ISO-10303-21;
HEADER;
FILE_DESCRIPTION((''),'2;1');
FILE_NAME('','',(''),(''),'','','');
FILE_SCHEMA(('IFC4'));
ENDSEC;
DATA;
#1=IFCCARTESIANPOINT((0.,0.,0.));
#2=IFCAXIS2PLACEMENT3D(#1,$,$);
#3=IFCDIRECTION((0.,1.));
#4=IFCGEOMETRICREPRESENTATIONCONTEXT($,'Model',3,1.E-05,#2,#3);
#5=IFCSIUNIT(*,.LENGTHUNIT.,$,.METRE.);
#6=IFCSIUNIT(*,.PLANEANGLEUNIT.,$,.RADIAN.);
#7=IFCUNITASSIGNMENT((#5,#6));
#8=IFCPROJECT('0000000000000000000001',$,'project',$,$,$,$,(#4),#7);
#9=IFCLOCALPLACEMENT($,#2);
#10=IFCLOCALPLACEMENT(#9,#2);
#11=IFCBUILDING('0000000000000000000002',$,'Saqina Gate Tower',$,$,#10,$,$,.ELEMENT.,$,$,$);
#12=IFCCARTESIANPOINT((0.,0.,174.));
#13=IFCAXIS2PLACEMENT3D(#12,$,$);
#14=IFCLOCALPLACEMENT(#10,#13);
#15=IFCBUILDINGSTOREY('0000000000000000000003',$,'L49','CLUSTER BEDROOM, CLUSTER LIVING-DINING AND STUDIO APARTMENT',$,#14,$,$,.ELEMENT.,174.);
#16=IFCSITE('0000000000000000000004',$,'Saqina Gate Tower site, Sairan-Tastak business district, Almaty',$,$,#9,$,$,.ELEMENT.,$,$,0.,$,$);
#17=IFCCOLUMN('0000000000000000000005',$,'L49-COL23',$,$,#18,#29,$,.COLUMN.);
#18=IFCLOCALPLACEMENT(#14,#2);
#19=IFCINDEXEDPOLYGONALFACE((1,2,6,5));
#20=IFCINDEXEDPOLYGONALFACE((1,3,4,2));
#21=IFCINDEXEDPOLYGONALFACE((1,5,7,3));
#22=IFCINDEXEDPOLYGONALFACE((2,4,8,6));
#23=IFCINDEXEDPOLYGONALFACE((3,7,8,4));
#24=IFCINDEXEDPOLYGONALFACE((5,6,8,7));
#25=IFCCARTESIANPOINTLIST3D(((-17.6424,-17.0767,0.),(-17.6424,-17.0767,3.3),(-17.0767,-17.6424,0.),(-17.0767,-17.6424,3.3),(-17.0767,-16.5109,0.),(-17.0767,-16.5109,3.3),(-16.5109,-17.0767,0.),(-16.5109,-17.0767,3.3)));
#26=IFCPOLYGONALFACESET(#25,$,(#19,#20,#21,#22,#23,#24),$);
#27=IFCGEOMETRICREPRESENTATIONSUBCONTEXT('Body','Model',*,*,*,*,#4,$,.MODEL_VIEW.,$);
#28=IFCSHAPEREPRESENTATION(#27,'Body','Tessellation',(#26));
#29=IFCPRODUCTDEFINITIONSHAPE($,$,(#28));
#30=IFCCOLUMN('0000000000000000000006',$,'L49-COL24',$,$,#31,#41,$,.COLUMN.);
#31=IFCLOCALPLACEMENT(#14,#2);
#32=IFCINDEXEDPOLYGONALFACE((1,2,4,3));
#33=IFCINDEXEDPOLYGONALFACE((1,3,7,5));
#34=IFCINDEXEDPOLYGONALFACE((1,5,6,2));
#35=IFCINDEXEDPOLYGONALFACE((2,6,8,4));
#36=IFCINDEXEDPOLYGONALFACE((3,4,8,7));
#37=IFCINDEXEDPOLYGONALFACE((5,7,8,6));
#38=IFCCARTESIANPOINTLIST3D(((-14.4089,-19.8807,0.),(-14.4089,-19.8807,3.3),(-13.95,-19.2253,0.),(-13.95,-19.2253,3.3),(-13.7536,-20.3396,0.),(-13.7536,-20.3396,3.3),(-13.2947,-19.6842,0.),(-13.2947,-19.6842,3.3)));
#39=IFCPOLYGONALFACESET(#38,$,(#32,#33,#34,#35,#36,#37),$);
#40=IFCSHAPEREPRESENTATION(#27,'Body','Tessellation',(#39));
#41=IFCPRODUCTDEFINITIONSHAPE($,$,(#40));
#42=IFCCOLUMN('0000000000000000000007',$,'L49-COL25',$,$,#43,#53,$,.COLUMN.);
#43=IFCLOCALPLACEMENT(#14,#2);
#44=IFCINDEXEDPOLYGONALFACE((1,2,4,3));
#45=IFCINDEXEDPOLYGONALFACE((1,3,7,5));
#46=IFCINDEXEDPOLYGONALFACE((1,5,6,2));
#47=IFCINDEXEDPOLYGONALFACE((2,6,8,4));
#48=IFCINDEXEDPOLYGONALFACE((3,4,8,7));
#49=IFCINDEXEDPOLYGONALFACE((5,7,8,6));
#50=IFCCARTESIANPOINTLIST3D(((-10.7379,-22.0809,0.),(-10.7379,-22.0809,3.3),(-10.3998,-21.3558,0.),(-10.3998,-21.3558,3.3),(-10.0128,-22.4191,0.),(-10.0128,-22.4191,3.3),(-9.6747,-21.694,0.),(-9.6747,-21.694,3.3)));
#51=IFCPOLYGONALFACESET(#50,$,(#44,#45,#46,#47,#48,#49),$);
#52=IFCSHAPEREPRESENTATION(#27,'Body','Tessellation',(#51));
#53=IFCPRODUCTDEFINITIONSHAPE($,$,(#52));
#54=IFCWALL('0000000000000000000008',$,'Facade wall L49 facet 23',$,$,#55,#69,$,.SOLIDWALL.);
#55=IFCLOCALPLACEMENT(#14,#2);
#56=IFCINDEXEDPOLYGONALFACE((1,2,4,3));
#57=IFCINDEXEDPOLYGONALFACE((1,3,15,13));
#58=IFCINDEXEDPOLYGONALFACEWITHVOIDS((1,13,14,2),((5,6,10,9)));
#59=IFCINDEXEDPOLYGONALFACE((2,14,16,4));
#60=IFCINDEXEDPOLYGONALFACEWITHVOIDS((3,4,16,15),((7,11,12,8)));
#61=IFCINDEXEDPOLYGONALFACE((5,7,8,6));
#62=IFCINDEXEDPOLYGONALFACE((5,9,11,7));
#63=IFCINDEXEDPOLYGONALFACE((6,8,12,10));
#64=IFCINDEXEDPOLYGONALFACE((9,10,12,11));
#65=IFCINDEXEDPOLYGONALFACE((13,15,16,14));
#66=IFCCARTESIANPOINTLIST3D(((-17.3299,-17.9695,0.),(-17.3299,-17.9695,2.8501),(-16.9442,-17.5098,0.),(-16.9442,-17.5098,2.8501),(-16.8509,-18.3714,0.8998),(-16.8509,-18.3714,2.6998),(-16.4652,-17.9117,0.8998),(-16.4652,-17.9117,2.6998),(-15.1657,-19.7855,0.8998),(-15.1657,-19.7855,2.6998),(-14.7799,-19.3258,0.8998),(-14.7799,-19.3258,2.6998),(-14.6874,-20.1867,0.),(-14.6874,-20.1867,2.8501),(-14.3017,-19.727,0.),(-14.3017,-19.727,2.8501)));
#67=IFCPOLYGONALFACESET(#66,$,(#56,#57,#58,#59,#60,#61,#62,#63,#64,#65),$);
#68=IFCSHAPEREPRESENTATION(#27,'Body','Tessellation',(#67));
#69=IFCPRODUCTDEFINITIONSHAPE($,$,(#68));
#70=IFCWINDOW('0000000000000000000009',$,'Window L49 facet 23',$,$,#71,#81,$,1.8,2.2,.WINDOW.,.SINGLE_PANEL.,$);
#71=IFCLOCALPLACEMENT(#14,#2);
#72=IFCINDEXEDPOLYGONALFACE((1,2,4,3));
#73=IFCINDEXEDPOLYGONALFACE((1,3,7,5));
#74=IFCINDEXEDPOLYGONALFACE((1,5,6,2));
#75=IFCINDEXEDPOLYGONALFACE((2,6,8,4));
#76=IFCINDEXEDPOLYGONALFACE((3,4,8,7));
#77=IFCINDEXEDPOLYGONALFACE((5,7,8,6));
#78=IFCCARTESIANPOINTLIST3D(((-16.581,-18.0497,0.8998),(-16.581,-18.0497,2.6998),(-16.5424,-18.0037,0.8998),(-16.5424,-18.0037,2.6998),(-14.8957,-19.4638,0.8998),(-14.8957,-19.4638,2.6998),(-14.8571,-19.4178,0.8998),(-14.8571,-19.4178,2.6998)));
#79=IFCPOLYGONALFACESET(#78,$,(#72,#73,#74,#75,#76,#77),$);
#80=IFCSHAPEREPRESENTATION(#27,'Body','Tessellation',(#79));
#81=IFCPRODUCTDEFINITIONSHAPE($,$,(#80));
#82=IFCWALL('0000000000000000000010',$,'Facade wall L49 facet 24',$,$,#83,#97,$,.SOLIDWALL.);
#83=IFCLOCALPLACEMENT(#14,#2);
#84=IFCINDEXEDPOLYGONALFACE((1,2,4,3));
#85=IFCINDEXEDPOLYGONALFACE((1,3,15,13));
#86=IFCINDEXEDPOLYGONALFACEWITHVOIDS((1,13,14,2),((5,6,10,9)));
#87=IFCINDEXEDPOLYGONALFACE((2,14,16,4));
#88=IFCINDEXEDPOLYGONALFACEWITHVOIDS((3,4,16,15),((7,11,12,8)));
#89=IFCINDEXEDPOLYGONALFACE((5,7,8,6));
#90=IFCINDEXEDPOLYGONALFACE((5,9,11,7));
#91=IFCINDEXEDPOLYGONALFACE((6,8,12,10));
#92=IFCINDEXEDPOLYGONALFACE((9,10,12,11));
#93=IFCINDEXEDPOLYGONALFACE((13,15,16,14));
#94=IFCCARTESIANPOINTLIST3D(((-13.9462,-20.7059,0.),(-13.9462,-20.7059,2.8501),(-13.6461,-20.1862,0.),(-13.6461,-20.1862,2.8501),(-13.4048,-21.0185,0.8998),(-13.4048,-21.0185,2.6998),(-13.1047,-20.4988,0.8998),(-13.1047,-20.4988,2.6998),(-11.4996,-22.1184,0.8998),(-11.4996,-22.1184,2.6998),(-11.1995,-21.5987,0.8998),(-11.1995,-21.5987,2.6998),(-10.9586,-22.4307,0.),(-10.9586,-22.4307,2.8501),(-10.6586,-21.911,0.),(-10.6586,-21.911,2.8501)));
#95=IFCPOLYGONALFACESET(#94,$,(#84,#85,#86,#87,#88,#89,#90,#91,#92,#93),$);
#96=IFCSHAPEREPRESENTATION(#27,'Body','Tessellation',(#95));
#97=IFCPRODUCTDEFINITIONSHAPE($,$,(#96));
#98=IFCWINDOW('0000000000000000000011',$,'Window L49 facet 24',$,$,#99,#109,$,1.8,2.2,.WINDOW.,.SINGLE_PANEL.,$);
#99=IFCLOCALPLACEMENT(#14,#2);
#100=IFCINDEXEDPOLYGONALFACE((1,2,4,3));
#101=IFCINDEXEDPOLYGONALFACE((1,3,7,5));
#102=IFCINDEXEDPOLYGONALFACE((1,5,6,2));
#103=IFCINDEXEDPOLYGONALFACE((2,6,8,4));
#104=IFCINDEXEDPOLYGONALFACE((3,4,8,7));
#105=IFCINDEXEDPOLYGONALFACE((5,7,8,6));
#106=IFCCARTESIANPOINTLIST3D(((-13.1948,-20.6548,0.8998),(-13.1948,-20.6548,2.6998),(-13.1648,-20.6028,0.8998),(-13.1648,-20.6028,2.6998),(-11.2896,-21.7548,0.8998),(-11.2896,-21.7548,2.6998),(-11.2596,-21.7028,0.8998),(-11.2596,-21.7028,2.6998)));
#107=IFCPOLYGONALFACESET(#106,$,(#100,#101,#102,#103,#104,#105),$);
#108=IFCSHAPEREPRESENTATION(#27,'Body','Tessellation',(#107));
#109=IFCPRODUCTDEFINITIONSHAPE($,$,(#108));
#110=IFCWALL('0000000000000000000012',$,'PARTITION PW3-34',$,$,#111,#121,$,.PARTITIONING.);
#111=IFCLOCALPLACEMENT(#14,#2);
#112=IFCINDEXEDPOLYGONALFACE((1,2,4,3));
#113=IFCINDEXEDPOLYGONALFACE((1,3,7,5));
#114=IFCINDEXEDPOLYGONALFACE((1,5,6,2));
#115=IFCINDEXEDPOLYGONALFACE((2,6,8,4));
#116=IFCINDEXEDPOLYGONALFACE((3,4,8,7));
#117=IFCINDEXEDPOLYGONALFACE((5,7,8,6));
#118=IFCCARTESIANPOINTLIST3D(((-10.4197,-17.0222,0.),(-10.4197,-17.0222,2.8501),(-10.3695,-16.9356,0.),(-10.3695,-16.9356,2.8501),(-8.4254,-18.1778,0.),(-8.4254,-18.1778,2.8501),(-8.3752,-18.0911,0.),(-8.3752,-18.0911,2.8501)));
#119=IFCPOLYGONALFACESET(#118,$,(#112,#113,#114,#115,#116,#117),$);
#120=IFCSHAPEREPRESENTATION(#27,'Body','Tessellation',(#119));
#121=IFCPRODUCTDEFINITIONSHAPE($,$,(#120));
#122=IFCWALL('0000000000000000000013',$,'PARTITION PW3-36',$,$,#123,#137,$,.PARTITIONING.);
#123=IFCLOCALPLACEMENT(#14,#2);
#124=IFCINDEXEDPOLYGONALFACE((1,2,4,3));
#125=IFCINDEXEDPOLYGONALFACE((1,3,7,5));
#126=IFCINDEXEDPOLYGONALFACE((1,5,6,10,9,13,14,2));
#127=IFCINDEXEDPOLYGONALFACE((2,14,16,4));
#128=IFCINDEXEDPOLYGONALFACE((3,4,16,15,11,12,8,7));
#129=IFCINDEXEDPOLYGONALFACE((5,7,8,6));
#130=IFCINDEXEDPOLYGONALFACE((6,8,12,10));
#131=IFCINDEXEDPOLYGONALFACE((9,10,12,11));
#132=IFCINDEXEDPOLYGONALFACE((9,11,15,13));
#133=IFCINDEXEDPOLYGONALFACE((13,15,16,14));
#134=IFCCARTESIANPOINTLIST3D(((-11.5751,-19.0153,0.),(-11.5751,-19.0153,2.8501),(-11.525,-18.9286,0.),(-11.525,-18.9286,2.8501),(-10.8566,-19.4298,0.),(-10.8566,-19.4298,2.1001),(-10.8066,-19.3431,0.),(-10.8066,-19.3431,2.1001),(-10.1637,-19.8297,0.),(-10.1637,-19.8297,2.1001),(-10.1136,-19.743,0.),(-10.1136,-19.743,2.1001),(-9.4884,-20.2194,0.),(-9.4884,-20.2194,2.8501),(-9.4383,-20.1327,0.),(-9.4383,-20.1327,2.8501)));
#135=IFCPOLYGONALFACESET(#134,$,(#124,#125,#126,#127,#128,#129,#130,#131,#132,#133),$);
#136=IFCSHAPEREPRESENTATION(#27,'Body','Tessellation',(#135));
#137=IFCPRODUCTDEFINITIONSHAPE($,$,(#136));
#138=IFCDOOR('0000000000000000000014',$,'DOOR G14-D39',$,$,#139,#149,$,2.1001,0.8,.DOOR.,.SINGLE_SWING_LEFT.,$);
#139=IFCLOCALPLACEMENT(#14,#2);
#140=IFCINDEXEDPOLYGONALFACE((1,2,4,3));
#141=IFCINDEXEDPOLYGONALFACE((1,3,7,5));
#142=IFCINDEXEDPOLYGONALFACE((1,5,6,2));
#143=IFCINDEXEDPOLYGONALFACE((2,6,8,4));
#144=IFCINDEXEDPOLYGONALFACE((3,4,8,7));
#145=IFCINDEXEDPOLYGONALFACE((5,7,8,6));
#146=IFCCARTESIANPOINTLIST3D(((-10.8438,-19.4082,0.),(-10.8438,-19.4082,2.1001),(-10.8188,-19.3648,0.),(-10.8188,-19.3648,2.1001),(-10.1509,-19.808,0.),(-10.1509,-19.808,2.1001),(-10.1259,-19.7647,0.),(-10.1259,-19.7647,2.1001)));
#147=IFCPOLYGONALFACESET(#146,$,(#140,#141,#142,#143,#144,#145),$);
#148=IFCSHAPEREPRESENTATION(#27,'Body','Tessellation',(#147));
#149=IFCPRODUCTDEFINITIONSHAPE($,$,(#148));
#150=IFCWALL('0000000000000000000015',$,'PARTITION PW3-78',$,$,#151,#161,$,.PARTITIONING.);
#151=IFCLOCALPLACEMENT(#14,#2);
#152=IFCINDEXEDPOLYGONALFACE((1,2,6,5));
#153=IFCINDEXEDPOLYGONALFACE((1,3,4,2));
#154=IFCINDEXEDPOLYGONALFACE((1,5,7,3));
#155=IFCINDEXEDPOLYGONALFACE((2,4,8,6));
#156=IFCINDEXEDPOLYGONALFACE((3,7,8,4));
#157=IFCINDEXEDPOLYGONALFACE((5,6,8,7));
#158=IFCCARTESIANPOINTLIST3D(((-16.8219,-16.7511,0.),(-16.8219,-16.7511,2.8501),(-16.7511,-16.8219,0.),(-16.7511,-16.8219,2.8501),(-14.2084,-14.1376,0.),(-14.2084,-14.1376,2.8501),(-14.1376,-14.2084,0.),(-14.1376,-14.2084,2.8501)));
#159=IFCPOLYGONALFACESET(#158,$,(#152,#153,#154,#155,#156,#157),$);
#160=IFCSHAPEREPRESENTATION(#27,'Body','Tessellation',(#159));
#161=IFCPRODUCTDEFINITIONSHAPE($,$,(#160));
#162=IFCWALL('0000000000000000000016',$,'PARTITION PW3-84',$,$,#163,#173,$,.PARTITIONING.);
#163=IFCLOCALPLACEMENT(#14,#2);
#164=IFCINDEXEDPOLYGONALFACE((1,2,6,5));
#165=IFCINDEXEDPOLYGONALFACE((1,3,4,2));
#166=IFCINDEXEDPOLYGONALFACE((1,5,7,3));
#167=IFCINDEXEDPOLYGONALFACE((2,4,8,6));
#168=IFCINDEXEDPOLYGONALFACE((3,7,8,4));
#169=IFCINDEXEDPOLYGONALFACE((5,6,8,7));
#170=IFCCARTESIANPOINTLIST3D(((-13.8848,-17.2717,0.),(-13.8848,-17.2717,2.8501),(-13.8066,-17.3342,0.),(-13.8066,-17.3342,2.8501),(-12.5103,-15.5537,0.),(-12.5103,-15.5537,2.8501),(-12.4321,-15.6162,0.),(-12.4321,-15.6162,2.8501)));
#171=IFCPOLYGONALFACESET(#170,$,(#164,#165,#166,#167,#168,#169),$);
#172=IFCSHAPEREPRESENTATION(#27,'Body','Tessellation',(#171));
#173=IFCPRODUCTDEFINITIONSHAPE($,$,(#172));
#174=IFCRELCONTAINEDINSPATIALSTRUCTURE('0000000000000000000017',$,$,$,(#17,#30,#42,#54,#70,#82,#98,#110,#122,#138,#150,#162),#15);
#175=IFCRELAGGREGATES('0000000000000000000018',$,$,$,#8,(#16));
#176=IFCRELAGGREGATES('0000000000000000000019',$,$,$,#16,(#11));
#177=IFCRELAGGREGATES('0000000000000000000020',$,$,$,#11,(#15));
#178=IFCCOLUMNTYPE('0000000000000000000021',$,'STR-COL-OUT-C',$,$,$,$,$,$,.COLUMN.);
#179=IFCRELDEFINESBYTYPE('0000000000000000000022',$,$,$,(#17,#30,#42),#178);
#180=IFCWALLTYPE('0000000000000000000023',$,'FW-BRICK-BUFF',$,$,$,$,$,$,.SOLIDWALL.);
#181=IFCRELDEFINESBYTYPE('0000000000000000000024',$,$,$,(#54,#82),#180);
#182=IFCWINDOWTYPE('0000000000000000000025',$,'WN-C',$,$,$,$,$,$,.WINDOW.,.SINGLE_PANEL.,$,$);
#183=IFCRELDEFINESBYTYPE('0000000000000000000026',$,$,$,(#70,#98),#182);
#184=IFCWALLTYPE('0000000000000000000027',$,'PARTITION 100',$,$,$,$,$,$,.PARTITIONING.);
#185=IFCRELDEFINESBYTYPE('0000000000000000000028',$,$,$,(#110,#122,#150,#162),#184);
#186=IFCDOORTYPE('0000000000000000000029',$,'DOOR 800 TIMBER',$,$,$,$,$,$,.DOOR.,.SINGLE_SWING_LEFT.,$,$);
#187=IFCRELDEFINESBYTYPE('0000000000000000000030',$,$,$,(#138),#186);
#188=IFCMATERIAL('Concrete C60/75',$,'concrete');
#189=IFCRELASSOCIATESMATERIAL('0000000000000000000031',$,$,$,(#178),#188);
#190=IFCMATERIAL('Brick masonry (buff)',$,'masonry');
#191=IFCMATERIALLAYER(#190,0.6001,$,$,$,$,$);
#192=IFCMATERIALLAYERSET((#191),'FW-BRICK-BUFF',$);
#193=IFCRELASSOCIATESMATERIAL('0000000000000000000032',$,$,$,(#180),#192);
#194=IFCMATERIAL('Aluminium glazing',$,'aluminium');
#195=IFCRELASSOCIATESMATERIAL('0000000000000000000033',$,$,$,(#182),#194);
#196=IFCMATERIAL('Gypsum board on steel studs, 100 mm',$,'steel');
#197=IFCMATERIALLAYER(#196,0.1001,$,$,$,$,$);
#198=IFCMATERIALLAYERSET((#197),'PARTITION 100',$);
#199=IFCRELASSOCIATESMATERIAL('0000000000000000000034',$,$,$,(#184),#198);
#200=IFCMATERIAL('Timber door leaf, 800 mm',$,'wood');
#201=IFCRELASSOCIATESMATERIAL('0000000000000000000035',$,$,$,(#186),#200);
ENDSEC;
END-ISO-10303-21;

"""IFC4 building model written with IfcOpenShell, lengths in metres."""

from ifc_helpers import new_model, si_unit, direction, frame, frame_2d, origin, origin_2d, place, context, subcontext, project, spatial, rectangle, extrude, material, layer, layer_set, material_profile, profile_set, type_object, element, fill, save


model = new_model("IFC4")

# Units and contexts
model_context = context("Model", 3, precision=1e-05, world=origin(), true_north=direction((0.0, 1.0)))
body_context = subcontext(model_context, "Body", "Model", "MODEL_VIEW")
ifc_project = project(units=[si_unit("LENGTHUNIT", "METRE"), si_unit("PLANEANGLEUNIT", "RADIAN")], contexts=[model_context])

# Site, building, storey
site_placement = place(None, origin())
site = spatial("IfcSite", under=ifc_project, at=site_placement, Name="Saqina Gate Tower site, Sairan-Tastak business district, Almaty", CompositionType="ELEMENT", RefElevation=0.0)
building_placement = place(site_placement, origin())
building = spatial("IfcBuilding", under=site, at=building_placement, Name="Saqina Gate Tower", CompositionType="ELEMENT")
storey_placement = place(building_placement, frame((0.0, 0.0, 174.0)))
storey = spatial("IfcBuildingStorey", under=building, at=storey_placement, Name="L49", Description="CLUSTER BEDROOM, CLUSTER LIVING-DINING AND STUDIO APARTMENT", CompositionType="ELEMENT", Elevation=174.0)

# Columns
ifc_material_1 = material(Name="Concrete C60/75", Category="concrete")
ifc_material_profile = material_profile(ifc_material_1, rectangle(XDim=0.8, YDim=0.8, at=origin_2d()), Name="RC 800x800")
ifc_profile_set = profile_set([ifc_material_profile], Name="Concrete C60/75")
column_type = type_object("IfcColumnType", Name="STR-COL-OUT-C", PredefinedType="COLUMN", material=ifc_profile_set)
for number, where, z_axis, x_axis, name in (
    (1, (-17.0767, -17.0767, 0.0), (0.0, 0.0, 1.0), (-0.707107, -0.707107, 0.0), "L49-COL23"),
    (2, (-13.8518, -19.7825, 0.0), (0.0, 0.0, 1.0), (-0.573576, -0.819152, 0.0), "L49-COL24"),
    (3, (-10.2063, -21.8875, 0.0), (0.0, 0.0, 1.0), (-0.422618, -0.906308, 0.0), "L49-COL25"),
):
    element("IfcColumn", number, at=place(storey_placement, frame(where, z_axis=z_axis, x_axis=x_axis)), inside=storey, type_object=column_type, Name=name, PredefinedType="COLUMN", context=body_context, shape_type="SweptSolid", body=[
        extrude(rectangle(XDim=0.8, YDim=0.8, at=origin_2d()), origin(), (0.0, 0.0, 1.0), 3.3),
    ])

# Walls, openings, windows
ifc_material_2 = material(Name="Brick masonry (buff)", Category="masonry")
ifc_layer_1 = layer(ifc_material_2, 0.6001)
ifc_layer_set_1 = layer_set([ifc_layer_1], Name="FW-BRICK-BUFF")
wall_type_1 = type_object("IfcWallType", Name="FW-BRICK-BUFF", PredefinedType="SOLIDWALL", material=ifc_layer_set_1)
wall_1_placement = place(storey_placement, frame((-17.137, -17.7397, 0.0), z_axis=(0.0, 0.0, 1.0), x_axis=(0.766059, -0.64277, 0.0)))
wall_1 = element("IfcWall", 4, at=wall_1_placement, inside=storey, type_object=wall_type_1, Name="Facade wall L49 facet 23", PredefinedType="SOLIDWALL", context=body_context, shape_type="SweptSolid", body=[
    extrude(rectangle(XDim=3.4495, YDim=0.6001, at=frame_2d((1.7246, 0.0))), origin(), (0.0, 0.0, 1.0), 2.8501),
])
opening_1_placement = place(wall_1_placement, frame((0.625, 0.0, 0.8999)))
opening_1 = element("IfcOpeningElement", 5, at=opening_1_placement, cuts=wall_1, PredefinedType="OPENING", context=body_context, shape_type="SweptSolid", body=[
    extrude(rectangle(XDim=2.2, YDim=1.8, at=frame_2d((1.1001, 0.8999))), frame((0.0, 0.312, 0.0), z_axis=(0.0, -1.0, 0.0), x_axis=(1.0, 0.0, 0.0)), (0.0, 0.0, 1.0), 0.624),
])
ifc_material_3 = material(Name="Aluminium glazing", Category="aluminium")
window_type = type_object("IfcWindowType", Name="WN-C", PartitioningType="SINGLE_PANEL", PredefinedType="WINDOW", material=ifc_material_3)
window_1_placement = place(opening_1_placement, origin())
window_1 = element("IfcWindow", 6, at=window_1_placement, inside=storey, type_object=window_type, Name="Window L49 facet 23", OverallHeight=1.8, OverallWidth=2.2, PartitioningType="SINGLE_PANEL", PredefinedType="WINDOW", context=body_context, shape_type="SweptSolid", body=[
    extrude(rectangle(XDim=2.2, YDim=1.8, at=frame_2d((1.1001, 0.8999))), frame((0.0, 0.1799, 0.0), z_axis=(0.0, -1.0, 0.0), x_axis=(1.0, 0.0, 0.0)), (0.0, 0.0, 1.0), 0.0601),
])
fill(opening_1, window_1)
wall_2_placement = place(storey_placement, frame((-13.7961, -20.446, 0.0), z_axis=(0.0, 0.0, 1.0), x_axis=(0.866026, -0.499998, 0.0)))
wall_2 = element("IfcWall", 7, at=wall_2_placement, inside=storey, type_object=wall_type_1, Name="Facade wall L49 facet 24", PredefinedType="SOLIDWALL", context=body_context, shape_type="SweptSolid", body=[
    extrude(rectangle(XDim=3.4497, YDim=0.6001, at=frame_2d((1.7249, 0.0))), origin(), (0.0, 0.0, 1.0), 2.8501),
])
opening_2_placement = place(wall_2_placement, frame((0.625, 0.0, 0.8999)))
opening_2 = element("IfcOpeningElement", 8, at=opening_2_placement, cuts=wall_2, PredefinedType="OPENING", context=body_context, shape_type="SweptSolid", body=[
    extrude(rectangle(XDim=2.2, YDim=1.8, at=frame_2d((1.1001, 0.8999))), frame((0.0, 0.312, 0.0), z_axis=(0.0, -1.0, 0.0), x_axis=(1.0, 0.0, 0.0)), (0.0, 0.0, 1.0), 0.624),
])
window_2_placement = place(opening_2_placement, origin())
window_2 = element("IfcWindow", 9, at=window_2_placement, inside=storey, type_object=window_type, Name="Window L49 facet 24", OverallHeight=1.8, OverallWidth=2.2, PartitioningType="SINGLE_PANEL", PredefinedType="WINDOW", context=body_context, shape_type="SweptSolid", body=[
    extrude(rectangle(XDim=2.2, YDim=1.8, at=frame_2d((1.1001, 0.8999))), frame((0.0, 0.1799, 0.0), z_axis=(0.0, -1.0, 0.0), x_axis=(1.0, 0.0, 0.0)), (0.0, 0.0, 1.0), 0.0601),
])
fill(opening_2, window_2)

# Wall
ifc_material_4 = material(Name="Gypsum board on steel studs, 100 mm", Category="steel")
ifc_layer_2 = layer(ifc_material_4, 0.1001)
ifc_layer_set_2 = layer_set([ifc_layer_2], Name="PARTITION 100")
wall_type_2 = type_object("IfcWallType", Name="PARTITION 100", PredefinedType="PARTITIONING", material=ifc_layer_set_2)
wall_3_placement = place(storey_placement, frame((-10.3945, -16.979, 0.0), z_axis=(0.0, 0.0, 1.0), x_axis=(0.865262, -0.50132, 0.0)))
element("IfcWall", 10, at=wall_3_placement, inside=storey, type_object=wall_type_2, Name="PARTITION PW3-34", PredefinedType="PARTITIONING", context=body_context, shape_type="SweptSolid", body=[
    extrude(rectangle(XDim=2.3049, YDim=0.1001, at=frame_2d((1.1523, 0.0))), origin(), (0.0, 0.0, 1.0), 2.8501),
])

# Wall, opening, door
wall_4_placement = place(storey_placement, frame((-11.55, -18.9719, 0.0), z_axis=(0.0, 0.0, 1.0), x_axis=(0.86614, -0.499801, 0.0)))
wall_4 = element("IfcWall", 11, at=wall_4_placement, inside=storey, type_object=wall_type_2, Name="PARTITION PW3-36", PredefinedType="PARTITIONING", context=body_context, shape_type="SweptSolid", body=[
    extrude(rectangle(XDim=2.4092, YDim=0.1001, at=frame_2d((1.2046, 0.0))), origin(), (0.0, 0.0, 1.0), 2.8501),
])
opening_3_placement = place(wall_4_placement, frame((0.8296, 0.0, 0.0)))
opening_3 = element("IfcOpeningElement", 12, at=opening_3_placement, cuts=wall_4, PredefinedType="OPENING", context=body_context, shape_type="SweptSolid", body=[
    extrude(rectangle(XDim=0.8, YDim=2.1001, at=frame_2d((0.3999, 1.05))), frame((0.0, 0.062, 0.0), z_axis=(0.0, -1.0, 0.0), x_axis=(1.0, 0.0, 0.0)), (0.0, 0.0, 1.0), 0.124),
])
ifc_material_5 = material(Name="Timber door leaf, 800 mm", Category="wood")
door_type_1 = type_object("IfcDoorType", Name="DOOR 800 TIMBER", OperationType="SINGLE_SWING_LEFT", PredefinedType="DOOR", material=ifc_material_5)
door_1_placement = place(opening_3_placement, frame((0.8, 0.0, 0.0), z_axis=(0.0, 0.0, 1.0), x_axis=(-1.0, 0.0, 0.0)))
door_1 = element("IfcDoor", 13, at=door_1_placement, inside=storey, type_object=door_type_1, Name="DOOR G14-D39", OperationType="SINGLE_SWING_LEFT", OverallHeight=2.1001, OverallWidth=0.8, PredefinedType="DOOR", context=body_context, shape_type="SweptSolid", body=[
    extrude(rectangle(XDim=0.8, YDim=2.1001, at=frame_2d((0.3999, 1.05))), frame((0.0, 0.0249, 0.0), z_axis=(0.0, -1.0, 0.0), x_axis=(1.0, 0.0, 0.0)), (0.0, 0.0, 1.0), 0.05),
])
fill(opening_3, door_1)

# Walls
wall_5_placement = place(storey_placement, frame((-16.7866, -16.7866, 0.0), z_axis=(0.0, 0.0, 1.0), x_axis=(0.707107, 0.707107, 0.0)))
element("IfcWall", 14, at=wall_5_placement, inside=storey, type_object=wall_type_2, Name="PARTITION PW3-78", PredefinedType="PARTITIONING", context=body_context, shape_type="SweptSolid", body=[
    extrude(rectangle(XDim=3.696, YDim=0.1001, at=frame_2d((1.8481, 0.0))), origin(), (0.0, 0.0, 1.0), 2.8501),
])
wall_6_placement = place(storey_placement, frame((-13.8457, -17.303, 0.0), z_axis=(0.0, 0.0, 1.0), x_axis=(0.624722, 0.780847, 0.0)))
element("IfcWall", 15, at=wall_6_placement, inside=storey, type_object=wall_type_2, Name="PARTITION PW3-84", PredefinedType="PARTITIONING", context=body_context, shape_type="SweptSolid", body=[
    extrude(rectangle(XDim=2.2002, YDim=0.1001, at=frame_2d((1.1001, 0.0))), origin(), (0.0, 0.0, 1.0), 2.8501),
])

save(model, "model.ifc")
